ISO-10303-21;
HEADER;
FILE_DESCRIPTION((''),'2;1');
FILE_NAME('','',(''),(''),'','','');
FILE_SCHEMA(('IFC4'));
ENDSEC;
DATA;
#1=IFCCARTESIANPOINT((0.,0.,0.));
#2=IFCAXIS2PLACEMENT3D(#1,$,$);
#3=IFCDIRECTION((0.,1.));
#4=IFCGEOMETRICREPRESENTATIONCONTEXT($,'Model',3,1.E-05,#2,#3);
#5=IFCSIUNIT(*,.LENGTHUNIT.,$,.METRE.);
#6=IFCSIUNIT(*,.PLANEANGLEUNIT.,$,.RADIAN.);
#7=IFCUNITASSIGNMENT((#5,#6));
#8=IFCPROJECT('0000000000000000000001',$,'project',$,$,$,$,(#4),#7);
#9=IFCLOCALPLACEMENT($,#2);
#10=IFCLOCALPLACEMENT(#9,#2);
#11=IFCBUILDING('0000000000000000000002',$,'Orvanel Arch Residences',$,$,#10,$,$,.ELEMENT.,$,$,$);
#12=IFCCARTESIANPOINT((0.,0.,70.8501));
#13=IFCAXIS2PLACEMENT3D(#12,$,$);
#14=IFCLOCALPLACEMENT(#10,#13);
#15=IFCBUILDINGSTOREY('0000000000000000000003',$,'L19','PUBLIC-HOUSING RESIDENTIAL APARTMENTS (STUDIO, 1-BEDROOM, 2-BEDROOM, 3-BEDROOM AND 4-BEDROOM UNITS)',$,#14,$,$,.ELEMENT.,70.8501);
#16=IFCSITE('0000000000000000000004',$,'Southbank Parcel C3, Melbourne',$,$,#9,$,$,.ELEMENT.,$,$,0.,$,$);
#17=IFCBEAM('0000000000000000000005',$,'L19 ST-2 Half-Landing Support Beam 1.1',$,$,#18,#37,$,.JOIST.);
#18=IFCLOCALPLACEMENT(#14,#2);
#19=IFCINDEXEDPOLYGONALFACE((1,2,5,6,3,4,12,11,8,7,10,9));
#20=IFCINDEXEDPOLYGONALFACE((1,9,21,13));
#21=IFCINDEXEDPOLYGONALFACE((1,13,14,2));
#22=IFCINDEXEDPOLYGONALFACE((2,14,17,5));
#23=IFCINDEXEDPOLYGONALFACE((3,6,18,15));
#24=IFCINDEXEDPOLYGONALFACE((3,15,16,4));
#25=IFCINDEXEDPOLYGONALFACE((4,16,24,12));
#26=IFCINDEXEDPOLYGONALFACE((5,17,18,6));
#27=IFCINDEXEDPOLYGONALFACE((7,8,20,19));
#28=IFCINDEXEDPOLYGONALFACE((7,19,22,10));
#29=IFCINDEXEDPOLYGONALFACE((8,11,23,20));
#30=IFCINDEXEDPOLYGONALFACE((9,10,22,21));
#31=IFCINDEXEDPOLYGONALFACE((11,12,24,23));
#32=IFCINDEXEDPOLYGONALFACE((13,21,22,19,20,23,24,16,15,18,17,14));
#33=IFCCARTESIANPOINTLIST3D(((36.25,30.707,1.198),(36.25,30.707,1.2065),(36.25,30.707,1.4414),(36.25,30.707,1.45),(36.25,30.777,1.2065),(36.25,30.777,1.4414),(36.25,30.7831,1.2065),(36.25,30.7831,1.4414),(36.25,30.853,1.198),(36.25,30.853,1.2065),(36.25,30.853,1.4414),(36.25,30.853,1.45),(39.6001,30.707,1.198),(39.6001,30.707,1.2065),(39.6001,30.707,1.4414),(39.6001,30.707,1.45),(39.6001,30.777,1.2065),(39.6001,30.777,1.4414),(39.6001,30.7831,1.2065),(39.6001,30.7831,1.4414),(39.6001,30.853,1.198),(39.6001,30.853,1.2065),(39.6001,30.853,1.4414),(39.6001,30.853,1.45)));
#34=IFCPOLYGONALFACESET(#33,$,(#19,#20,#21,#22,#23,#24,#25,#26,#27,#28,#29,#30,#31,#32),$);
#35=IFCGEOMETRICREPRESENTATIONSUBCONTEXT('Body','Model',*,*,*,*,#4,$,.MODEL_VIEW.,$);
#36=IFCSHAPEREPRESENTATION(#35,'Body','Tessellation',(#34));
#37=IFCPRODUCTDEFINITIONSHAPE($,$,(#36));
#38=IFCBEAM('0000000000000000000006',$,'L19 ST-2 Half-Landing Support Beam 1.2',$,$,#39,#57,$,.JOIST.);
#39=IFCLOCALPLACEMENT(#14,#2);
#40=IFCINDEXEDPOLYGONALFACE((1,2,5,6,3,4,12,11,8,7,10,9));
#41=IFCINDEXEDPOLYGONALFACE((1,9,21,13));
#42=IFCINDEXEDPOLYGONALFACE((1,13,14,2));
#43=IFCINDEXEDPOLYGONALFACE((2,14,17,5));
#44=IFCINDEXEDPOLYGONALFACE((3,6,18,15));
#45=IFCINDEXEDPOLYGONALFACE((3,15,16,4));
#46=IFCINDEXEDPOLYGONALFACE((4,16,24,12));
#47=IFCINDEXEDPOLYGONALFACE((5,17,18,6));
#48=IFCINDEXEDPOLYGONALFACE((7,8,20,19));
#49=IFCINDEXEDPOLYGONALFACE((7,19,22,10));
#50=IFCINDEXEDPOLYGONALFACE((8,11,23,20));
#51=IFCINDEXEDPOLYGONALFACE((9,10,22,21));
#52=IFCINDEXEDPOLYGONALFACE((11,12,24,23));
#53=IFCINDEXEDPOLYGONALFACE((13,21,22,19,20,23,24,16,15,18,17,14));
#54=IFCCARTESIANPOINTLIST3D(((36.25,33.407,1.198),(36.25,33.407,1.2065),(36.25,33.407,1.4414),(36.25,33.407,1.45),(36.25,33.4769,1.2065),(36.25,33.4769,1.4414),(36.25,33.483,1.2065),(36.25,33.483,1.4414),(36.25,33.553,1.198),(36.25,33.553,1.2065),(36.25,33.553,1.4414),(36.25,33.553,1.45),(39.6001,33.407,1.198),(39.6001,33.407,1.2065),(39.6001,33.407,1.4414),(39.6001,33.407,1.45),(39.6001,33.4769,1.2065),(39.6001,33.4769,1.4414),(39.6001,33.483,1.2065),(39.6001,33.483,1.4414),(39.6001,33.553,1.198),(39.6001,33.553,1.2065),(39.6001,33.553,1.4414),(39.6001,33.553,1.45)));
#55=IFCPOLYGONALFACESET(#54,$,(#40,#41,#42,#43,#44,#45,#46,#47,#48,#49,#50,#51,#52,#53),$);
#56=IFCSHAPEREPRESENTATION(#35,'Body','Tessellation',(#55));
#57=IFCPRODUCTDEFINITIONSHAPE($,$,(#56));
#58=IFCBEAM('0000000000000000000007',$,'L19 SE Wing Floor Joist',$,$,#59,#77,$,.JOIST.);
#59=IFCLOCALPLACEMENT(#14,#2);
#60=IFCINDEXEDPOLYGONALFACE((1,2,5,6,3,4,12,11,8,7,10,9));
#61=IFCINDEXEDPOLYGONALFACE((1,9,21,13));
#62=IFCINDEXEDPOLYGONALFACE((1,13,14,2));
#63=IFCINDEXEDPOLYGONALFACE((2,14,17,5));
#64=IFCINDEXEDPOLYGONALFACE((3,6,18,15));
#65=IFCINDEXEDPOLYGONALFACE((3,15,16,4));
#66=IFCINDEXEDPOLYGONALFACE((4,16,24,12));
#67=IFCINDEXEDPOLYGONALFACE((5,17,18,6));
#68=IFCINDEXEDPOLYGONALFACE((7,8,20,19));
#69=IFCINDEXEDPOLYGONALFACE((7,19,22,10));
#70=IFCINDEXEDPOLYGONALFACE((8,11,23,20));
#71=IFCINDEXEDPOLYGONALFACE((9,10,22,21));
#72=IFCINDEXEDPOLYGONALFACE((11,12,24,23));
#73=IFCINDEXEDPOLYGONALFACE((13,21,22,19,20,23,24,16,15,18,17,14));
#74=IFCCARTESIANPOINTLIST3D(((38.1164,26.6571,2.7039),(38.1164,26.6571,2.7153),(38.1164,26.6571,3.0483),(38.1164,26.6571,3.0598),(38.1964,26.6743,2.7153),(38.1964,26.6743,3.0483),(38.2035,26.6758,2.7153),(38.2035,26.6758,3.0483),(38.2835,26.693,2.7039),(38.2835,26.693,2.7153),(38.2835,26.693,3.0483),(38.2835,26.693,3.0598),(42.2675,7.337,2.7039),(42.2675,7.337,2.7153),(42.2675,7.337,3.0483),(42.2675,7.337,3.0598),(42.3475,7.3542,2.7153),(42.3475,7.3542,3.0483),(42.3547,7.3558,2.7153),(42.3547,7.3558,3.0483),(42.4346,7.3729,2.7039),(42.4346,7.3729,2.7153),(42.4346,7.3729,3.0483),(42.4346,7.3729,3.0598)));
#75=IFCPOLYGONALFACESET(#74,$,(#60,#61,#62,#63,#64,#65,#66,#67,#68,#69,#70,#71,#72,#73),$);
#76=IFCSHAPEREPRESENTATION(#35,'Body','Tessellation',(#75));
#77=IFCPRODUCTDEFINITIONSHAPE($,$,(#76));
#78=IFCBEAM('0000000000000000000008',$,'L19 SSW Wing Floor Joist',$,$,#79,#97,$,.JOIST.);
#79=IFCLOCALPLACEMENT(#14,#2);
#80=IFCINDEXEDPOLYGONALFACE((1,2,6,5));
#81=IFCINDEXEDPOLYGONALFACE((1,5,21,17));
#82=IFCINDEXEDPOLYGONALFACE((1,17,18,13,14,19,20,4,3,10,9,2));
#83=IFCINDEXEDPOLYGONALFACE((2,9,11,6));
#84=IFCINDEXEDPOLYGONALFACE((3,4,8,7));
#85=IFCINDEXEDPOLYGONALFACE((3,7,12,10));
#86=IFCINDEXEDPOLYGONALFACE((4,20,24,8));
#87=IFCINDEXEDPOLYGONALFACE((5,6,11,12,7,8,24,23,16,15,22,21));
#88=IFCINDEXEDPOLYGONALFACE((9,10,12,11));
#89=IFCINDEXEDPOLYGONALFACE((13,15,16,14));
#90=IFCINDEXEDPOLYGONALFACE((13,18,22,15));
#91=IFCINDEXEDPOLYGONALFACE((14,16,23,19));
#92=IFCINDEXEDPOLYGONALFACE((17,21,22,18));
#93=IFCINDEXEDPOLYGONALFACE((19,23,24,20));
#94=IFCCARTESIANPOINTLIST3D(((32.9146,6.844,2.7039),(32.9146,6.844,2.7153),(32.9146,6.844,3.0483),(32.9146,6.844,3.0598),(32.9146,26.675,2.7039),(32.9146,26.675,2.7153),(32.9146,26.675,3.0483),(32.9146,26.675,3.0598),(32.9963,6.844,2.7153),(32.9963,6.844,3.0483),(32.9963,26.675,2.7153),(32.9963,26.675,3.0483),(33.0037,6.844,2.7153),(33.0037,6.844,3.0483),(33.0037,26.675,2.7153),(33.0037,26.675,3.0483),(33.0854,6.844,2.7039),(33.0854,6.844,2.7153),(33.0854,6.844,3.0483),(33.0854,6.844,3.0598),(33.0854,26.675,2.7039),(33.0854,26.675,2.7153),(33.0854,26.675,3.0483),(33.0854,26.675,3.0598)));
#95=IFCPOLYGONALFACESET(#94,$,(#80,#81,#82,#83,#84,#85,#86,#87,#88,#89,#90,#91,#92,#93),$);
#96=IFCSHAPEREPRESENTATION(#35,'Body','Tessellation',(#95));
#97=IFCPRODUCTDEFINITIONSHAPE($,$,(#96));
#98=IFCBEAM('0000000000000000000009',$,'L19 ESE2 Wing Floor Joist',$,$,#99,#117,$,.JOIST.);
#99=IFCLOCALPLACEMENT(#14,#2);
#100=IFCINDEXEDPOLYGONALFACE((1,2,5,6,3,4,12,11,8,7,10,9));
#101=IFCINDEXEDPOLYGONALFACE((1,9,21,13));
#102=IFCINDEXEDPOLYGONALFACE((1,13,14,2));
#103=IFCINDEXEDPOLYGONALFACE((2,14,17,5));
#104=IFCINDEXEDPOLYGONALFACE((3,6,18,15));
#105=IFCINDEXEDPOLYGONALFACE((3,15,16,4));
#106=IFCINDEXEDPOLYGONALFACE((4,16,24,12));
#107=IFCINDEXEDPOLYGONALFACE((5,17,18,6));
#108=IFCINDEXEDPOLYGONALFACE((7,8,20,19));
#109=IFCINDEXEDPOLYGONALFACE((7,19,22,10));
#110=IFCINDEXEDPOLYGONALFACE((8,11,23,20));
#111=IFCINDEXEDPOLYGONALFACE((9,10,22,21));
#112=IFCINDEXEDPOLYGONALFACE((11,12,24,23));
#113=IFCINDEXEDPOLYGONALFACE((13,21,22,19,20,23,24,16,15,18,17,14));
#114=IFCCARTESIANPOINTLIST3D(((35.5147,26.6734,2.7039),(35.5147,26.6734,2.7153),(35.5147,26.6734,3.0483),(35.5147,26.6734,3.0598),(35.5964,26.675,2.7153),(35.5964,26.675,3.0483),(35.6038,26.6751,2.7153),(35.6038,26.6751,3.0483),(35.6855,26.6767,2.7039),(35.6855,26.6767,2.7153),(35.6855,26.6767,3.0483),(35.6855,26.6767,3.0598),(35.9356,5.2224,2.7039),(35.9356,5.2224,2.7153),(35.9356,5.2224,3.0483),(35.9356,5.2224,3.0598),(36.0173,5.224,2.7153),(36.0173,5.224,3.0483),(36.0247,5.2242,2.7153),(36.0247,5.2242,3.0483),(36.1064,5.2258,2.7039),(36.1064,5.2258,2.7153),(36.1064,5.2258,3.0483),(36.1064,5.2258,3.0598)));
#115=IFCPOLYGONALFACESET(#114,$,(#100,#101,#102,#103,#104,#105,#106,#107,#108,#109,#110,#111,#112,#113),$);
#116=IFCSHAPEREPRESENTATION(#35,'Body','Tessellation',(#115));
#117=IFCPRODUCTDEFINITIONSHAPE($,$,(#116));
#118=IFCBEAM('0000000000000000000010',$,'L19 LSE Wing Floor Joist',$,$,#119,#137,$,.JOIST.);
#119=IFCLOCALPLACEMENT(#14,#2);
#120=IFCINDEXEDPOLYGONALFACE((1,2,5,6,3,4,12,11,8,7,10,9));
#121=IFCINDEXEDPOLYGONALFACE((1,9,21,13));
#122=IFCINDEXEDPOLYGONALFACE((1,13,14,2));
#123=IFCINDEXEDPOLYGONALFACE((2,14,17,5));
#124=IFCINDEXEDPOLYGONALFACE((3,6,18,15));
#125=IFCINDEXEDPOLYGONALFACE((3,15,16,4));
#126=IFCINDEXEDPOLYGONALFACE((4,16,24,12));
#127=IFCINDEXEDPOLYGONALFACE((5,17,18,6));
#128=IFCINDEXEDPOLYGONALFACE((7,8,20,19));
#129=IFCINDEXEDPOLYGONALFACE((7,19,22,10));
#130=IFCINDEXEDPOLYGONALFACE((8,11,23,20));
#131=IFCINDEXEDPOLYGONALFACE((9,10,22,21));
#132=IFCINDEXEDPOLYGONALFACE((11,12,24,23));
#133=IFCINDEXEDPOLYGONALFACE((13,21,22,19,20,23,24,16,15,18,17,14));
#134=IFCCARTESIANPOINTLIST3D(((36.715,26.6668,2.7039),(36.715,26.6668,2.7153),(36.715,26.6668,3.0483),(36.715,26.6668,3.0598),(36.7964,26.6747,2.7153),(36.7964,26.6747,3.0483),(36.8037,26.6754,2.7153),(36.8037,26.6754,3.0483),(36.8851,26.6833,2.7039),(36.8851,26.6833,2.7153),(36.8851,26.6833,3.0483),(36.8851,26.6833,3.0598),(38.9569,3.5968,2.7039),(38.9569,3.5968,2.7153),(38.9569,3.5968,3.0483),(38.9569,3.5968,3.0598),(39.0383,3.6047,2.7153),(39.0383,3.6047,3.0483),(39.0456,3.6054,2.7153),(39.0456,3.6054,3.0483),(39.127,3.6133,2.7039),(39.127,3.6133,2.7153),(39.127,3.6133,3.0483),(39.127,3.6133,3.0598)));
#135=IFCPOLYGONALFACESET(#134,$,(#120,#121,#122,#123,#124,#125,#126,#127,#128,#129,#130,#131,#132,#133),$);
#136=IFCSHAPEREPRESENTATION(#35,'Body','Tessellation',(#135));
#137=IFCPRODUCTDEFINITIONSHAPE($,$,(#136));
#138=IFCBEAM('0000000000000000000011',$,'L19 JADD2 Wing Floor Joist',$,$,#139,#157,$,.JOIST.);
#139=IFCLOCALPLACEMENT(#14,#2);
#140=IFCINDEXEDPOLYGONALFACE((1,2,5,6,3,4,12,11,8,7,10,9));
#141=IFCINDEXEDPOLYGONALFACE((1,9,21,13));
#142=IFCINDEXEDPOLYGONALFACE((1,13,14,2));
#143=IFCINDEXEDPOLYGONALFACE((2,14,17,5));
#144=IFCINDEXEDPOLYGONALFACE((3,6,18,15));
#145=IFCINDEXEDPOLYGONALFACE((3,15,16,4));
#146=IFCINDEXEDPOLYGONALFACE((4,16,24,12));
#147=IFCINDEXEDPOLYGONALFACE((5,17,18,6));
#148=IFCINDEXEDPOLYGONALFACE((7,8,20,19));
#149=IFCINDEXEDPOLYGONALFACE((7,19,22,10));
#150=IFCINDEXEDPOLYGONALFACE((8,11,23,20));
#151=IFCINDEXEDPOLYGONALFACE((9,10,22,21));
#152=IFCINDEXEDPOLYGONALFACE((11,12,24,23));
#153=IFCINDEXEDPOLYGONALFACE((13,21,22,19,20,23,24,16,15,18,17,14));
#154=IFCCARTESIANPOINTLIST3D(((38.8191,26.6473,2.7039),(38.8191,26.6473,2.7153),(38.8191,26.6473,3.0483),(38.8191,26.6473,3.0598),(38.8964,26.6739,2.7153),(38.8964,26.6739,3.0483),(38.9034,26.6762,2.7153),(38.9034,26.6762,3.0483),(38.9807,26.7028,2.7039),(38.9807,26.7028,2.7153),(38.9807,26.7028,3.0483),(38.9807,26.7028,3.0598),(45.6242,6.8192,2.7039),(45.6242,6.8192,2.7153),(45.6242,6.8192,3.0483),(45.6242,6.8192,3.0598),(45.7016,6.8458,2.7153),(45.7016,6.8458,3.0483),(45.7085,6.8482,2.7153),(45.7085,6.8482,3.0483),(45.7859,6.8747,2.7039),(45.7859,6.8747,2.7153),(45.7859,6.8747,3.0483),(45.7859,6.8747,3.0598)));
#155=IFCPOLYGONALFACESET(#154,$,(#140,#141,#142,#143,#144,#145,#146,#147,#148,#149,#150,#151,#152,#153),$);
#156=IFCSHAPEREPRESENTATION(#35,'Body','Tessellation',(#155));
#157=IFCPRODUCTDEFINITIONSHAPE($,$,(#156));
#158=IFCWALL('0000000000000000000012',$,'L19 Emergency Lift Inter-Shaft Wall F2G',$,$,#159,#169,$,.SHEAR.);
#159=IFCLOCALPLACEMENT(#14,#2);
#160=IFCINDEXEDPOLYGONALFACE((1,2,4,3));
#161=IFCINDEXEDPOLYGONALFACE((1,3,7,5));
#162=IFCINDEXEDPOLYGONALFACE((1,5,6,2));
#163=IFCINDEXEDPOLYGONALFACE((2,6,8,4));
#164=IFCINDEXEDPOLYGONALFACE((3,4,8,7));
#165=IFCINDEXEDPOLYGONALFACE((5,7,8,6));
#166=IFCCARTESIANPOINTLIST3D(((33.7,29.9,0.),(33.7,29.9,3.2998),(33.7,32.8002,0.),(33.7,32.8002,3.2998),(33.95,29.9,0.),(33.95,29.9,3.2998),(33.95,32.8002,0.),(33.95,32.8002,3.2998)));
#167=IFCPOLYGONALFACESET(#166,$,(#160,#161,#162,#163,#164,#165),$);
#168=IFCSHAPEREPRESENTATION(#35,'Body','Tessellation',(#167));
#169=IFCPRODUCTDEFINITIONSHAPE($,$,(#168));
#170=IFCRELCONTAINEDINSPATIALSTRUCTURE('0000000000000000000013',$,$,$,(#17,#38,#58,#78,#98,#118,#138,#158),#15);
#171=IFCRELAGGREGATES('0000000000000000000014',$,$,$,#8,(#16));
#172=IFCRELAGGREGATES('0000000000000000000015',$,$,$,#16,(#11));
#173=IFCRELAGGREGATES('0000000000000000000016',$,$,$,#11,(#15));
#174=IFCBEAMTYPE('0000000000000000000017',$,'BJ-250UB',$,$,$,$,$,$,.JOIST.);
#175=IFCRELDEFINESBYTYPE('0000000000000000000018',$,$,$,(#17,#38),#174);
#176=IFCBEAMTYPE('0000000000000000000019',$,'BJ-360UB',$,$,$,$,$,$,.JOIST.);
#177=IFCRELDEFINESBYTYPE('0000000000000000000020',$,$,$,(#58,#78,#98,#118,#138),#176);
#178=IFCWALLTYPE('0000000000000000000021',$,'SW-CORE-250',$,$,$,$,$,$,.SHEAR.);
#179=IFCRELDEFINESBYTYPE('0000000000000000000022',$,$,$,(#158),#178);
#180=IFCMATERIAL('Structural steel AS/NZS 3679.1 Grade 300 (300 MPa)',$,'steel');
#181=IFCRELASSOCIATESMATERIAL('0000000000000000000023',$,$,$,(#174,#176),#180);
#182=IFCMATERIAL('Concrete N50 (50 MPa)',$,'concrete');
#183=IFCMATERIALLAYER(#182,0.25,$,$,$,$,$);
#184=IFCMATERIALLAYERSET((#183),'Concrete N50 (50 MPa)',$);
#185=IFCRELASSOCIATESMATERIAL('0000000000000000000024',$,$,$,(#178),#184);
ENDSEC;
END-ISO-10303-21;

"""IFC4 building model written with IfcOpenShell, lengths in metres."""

from ifc_helpers import new_model, si_unit, direction, frame, frame_2d, origin, origin_2d, place, context, subcontext, project, spatial, rectangle, i_section, extrude, material, layer, layer_set, material_profile, profile_set, type_object, element, save


model = new_model("IFC4")

# Units and contexts
model_context = context("Model", 3, precision=1e-05, world=origin(), true_north=direction((0.0, 1.0)))
body_context = subcontext(model_context, "Body", "Model", "MODEL_VIEW")
ifc_project = project(units=[si_unit("LENGTHUNIT", "METRE"), si_unit("PLANEANGLEUNIT", "RADIAN")], contexts=[model_context])

# Site, building, storey
site_placement = place(None, origin())
site = spatial("IfcSite", under=ifc_project, at=site_placement, Name="Southbank Parcel C3, Melbourne", CompositionType="ELEMENT", RefElevation=0.0)
building_placement = place(site_placement, origin())
building = spatial("IfcBuilding", under=site, at=building_placement, Name="Orvanel Arch Residences", CompositionType="ELEMENT")
storey_placement = place(building_placement, frame((0.0, 0.0, 70.8501)))
storey = spatial("IfcBuildingStorey", under=building, at=storey_placement, Name="L19", Description="PUBLIC-HOUSING RESIDENTIAL APARTMENTS (STUDIO, 1-BEDROOM, 2-BEDROOM, 3-BEDROOM AND 4-BEDROOM UNITS)", CompositionType="ELEMENT", Elevation=70.8501)

# Beams
ifc_material_1 = material(Name="Structural steel AS/NZS 3679.1 Grade 300 (300 MPa)", Category="steel")
ifc_material_profile_1 = material_profile(ifc_material_1, i_section(OverallWidth=0.146, OverallDepth=0.252, WebThickness=0.0061, FlangeThickness=0.0085, at=origin_2d()), Name="250UB31.4")
ifc_profile_set_1 = profile_set([ifc_material_profile_1], Name="Structural steel AS/NZS 3679.1 Grade 300 (300 MPa)")
beam_type_1 = type_object("IfcBeamType", Name="BJ-250UB", PredefinedType="JOIST", material=ifc_profile_set_1)
for number, where, z_axis, x_axis, name in (
    (1, (36.25, 30.78, 1.324), (1.0, 0.0, 0.0), (0.0, 1.0, 0.0), "L19 ST-2 Half-Landing Support Beam 1.1"),
    (2, (36.25, 33.48, 1.324), (1.0, 0.0, 0.0), (0.0, 1.0, 0.0), "L19 ST-2 Half-Landing Support Beam 1.2"),
):
    element("IfcBeam", number, at=place(storey_placement, frame(where, z_axis=z_axis, x_axis=x_axis)), inside=storey, type_object=beam_type_1, Name=name, PredefinedType="JOIST", context=body_context, shape_type="SweptSolid", body=[
        extrude(i_section(OverallWidth=0.146, OverallDepth=0.252, WebThickness=0.0061, FlangeThickness=0.0085, at=origin_2d()), origin(), (0.0, 0.0, 1.0), 3.3501),
    ])
ifc_material_profile_2 = material_profile(ifc_material_1, i_section(OverallWidth=0.1709, OverallDepth=0.356, WebThickness=0.0073, FlangeThickness=0.0115, at=origin_2d()), Name="360UB50.7")
ifc_profile_set_2 = profile_set([ifc_material_profile_2], Name="Structural steel AS/NZS 3679.1 Grade 300 (300 MPa)")
beam_type_2 = type_object("IfcBeamType", Name="BJ-360UB", PredefinedType="JOIST", material=ifc_profile_set_2)
beam_1_placement = place(storey_placement, frame((38.2, 26.675, 2.8818), z_axis=(0.210067, -0.977687, 0.0), x_axis=(0.977687, 0.210067, 0.0)))
element("IfcBeam", 3, at=beam_1_placement, inside=storey, type_object=beam_type_2, Name="L19 SE Wing Floor Joist", PredefinedType="JOIST", context=body_context, shape_type="SweptSolid", body=[
    extrude(i_section(OverallWidth=0.1709, OverallDepth=0.356, WebThickness=0.0073, FlangeThickness=0.0115, at=origin_2d()), origin(), (0.0, 0.0, 1.0), 19.761),
])
beam_2_placement = place(storey_placement, frame((33.0, 26.675, 2.8818), z_axis=(0.0, -1.0, 0.0), x_axis=(1.0, 0.0, 0.0)))
element("IfcBeam", 4, at=beam_2_placement, inside=storey, type_object=beam_type_2, Name="L19 SSW Wing Floor Joist", PredefinedType="JOIST", context=body_context, shape_type="SweptSolid", body=[
    extrude(i_section(OverallWidth=0.1709, OverallDepth=0.356, WebThickness=0.0073, FlangeThickness=0.0115, at=origin_2d()), origin(), (0.0, 0.0, 1.0), 19.8311),
])
beam_3_placement = place(storey_placement, frame((35.6001, 26.675, 2.8818), z_axis=(0.019618, -0.999808, 0.0), x_axis=(0.999808, 0.019618, 0.0)))
element("IfcBeam", 5, at=beam_3_placement, inside=storey, type_object=beam_type_2, Name="L19 ESE2 Wing Floor Joist", PredefinedType="JOIST", context=body_context, shape_type="SweptSolid", body=[
    extrude(i_section(OverallWidth=0.1709, OverallDepth=0.356, WebThickness=0.0073, FlangeThickness=0.0115, at=origin_2d()), origin(), (0.0, 0.0, 1.0), 21.4551),
])
beam_4_placement = place(storey_placement, frame((36.8, 26.675, 2.8818), z_axis=(0.096724, -0.995311, 0.0), x_axis=(0.995311, 0.096724, 0.0)))
element("IfcBeam", 6, at=beam_4_placement, inside=storey, type_object=beam_type_2, Name="L19 LSE Wing Floor Joist", PredefinedType="JOIST", context=body_context, shape_type="SweptSolid", body=[
    extrude(i_section(OverallWidth=0.1709, OverallDepth=0.356, WebThickness=0.0073, FlangeThickness=0.0115, at=origin_2d()), origin(), (0.0, 0.0, 1.0), 23.1787),
])
beam_5_placement = place(storey_placement, frame((38.8999, 26.675, 2.8818), z_axis=(0.324621, -0.945844, 0.0), x_axis=(0.945844, 0.324621, 0.0)))
element("IfcBeam", 7, at=beam_5_placement, inside=storey, type_object=beam_type_2, Name="L19 JADD2 Wing Floor Joist", PredefinedType="JOIST", context=body_context, shape_type="SweptSolid", body=[
    extrude(i_section(OverallWidth=0.1709, OverallDepth=0.356, WebThickness=0.0073, FlangeThickness=0.0115, at=origin_2d()), origin(), (0.0, 0.0, 1.0), 20.9634),
])

# Wall
ifc_material_2 = material(Name="Concrete N50 (50 MPa)", Category="concrete")
ifc_layer_1 = layer(ifc_material_2, 0.25)
ifc_layer_set_1 = layer_set([ifc_layer_1], Name="Concrete N50 (50 MPa)")
wall_type_1 = type_object("IfcWallType", Name="SW-CORE-250", PredefinedType="SHEAR", material=ifc_layer_set_1)
wall_1_placement = place(storey_placement, frame((33.825, 29.8999, 0.0), z_axis=(0.0, 0.0, 1.0), x_axis=(0.0, 1.0, 0.0)))
element("IfcWall", 8, at=wall_1_placement, inside=storey, type_object=wall_type_1, Name="L19 Emergency Lift Inter-Shaft Wall F2G", PredefinedType="SHEAR", context=body_context, shape_type="SweptSolid", body=[
    extrude(rectangle(XDim=2.9001, YDim=0.25, at=frame_2d((1.4502, 0.0))), origin(), (0.0, 0.0, 1.0), 3.2998),
])

save(model, "model.ifc")
